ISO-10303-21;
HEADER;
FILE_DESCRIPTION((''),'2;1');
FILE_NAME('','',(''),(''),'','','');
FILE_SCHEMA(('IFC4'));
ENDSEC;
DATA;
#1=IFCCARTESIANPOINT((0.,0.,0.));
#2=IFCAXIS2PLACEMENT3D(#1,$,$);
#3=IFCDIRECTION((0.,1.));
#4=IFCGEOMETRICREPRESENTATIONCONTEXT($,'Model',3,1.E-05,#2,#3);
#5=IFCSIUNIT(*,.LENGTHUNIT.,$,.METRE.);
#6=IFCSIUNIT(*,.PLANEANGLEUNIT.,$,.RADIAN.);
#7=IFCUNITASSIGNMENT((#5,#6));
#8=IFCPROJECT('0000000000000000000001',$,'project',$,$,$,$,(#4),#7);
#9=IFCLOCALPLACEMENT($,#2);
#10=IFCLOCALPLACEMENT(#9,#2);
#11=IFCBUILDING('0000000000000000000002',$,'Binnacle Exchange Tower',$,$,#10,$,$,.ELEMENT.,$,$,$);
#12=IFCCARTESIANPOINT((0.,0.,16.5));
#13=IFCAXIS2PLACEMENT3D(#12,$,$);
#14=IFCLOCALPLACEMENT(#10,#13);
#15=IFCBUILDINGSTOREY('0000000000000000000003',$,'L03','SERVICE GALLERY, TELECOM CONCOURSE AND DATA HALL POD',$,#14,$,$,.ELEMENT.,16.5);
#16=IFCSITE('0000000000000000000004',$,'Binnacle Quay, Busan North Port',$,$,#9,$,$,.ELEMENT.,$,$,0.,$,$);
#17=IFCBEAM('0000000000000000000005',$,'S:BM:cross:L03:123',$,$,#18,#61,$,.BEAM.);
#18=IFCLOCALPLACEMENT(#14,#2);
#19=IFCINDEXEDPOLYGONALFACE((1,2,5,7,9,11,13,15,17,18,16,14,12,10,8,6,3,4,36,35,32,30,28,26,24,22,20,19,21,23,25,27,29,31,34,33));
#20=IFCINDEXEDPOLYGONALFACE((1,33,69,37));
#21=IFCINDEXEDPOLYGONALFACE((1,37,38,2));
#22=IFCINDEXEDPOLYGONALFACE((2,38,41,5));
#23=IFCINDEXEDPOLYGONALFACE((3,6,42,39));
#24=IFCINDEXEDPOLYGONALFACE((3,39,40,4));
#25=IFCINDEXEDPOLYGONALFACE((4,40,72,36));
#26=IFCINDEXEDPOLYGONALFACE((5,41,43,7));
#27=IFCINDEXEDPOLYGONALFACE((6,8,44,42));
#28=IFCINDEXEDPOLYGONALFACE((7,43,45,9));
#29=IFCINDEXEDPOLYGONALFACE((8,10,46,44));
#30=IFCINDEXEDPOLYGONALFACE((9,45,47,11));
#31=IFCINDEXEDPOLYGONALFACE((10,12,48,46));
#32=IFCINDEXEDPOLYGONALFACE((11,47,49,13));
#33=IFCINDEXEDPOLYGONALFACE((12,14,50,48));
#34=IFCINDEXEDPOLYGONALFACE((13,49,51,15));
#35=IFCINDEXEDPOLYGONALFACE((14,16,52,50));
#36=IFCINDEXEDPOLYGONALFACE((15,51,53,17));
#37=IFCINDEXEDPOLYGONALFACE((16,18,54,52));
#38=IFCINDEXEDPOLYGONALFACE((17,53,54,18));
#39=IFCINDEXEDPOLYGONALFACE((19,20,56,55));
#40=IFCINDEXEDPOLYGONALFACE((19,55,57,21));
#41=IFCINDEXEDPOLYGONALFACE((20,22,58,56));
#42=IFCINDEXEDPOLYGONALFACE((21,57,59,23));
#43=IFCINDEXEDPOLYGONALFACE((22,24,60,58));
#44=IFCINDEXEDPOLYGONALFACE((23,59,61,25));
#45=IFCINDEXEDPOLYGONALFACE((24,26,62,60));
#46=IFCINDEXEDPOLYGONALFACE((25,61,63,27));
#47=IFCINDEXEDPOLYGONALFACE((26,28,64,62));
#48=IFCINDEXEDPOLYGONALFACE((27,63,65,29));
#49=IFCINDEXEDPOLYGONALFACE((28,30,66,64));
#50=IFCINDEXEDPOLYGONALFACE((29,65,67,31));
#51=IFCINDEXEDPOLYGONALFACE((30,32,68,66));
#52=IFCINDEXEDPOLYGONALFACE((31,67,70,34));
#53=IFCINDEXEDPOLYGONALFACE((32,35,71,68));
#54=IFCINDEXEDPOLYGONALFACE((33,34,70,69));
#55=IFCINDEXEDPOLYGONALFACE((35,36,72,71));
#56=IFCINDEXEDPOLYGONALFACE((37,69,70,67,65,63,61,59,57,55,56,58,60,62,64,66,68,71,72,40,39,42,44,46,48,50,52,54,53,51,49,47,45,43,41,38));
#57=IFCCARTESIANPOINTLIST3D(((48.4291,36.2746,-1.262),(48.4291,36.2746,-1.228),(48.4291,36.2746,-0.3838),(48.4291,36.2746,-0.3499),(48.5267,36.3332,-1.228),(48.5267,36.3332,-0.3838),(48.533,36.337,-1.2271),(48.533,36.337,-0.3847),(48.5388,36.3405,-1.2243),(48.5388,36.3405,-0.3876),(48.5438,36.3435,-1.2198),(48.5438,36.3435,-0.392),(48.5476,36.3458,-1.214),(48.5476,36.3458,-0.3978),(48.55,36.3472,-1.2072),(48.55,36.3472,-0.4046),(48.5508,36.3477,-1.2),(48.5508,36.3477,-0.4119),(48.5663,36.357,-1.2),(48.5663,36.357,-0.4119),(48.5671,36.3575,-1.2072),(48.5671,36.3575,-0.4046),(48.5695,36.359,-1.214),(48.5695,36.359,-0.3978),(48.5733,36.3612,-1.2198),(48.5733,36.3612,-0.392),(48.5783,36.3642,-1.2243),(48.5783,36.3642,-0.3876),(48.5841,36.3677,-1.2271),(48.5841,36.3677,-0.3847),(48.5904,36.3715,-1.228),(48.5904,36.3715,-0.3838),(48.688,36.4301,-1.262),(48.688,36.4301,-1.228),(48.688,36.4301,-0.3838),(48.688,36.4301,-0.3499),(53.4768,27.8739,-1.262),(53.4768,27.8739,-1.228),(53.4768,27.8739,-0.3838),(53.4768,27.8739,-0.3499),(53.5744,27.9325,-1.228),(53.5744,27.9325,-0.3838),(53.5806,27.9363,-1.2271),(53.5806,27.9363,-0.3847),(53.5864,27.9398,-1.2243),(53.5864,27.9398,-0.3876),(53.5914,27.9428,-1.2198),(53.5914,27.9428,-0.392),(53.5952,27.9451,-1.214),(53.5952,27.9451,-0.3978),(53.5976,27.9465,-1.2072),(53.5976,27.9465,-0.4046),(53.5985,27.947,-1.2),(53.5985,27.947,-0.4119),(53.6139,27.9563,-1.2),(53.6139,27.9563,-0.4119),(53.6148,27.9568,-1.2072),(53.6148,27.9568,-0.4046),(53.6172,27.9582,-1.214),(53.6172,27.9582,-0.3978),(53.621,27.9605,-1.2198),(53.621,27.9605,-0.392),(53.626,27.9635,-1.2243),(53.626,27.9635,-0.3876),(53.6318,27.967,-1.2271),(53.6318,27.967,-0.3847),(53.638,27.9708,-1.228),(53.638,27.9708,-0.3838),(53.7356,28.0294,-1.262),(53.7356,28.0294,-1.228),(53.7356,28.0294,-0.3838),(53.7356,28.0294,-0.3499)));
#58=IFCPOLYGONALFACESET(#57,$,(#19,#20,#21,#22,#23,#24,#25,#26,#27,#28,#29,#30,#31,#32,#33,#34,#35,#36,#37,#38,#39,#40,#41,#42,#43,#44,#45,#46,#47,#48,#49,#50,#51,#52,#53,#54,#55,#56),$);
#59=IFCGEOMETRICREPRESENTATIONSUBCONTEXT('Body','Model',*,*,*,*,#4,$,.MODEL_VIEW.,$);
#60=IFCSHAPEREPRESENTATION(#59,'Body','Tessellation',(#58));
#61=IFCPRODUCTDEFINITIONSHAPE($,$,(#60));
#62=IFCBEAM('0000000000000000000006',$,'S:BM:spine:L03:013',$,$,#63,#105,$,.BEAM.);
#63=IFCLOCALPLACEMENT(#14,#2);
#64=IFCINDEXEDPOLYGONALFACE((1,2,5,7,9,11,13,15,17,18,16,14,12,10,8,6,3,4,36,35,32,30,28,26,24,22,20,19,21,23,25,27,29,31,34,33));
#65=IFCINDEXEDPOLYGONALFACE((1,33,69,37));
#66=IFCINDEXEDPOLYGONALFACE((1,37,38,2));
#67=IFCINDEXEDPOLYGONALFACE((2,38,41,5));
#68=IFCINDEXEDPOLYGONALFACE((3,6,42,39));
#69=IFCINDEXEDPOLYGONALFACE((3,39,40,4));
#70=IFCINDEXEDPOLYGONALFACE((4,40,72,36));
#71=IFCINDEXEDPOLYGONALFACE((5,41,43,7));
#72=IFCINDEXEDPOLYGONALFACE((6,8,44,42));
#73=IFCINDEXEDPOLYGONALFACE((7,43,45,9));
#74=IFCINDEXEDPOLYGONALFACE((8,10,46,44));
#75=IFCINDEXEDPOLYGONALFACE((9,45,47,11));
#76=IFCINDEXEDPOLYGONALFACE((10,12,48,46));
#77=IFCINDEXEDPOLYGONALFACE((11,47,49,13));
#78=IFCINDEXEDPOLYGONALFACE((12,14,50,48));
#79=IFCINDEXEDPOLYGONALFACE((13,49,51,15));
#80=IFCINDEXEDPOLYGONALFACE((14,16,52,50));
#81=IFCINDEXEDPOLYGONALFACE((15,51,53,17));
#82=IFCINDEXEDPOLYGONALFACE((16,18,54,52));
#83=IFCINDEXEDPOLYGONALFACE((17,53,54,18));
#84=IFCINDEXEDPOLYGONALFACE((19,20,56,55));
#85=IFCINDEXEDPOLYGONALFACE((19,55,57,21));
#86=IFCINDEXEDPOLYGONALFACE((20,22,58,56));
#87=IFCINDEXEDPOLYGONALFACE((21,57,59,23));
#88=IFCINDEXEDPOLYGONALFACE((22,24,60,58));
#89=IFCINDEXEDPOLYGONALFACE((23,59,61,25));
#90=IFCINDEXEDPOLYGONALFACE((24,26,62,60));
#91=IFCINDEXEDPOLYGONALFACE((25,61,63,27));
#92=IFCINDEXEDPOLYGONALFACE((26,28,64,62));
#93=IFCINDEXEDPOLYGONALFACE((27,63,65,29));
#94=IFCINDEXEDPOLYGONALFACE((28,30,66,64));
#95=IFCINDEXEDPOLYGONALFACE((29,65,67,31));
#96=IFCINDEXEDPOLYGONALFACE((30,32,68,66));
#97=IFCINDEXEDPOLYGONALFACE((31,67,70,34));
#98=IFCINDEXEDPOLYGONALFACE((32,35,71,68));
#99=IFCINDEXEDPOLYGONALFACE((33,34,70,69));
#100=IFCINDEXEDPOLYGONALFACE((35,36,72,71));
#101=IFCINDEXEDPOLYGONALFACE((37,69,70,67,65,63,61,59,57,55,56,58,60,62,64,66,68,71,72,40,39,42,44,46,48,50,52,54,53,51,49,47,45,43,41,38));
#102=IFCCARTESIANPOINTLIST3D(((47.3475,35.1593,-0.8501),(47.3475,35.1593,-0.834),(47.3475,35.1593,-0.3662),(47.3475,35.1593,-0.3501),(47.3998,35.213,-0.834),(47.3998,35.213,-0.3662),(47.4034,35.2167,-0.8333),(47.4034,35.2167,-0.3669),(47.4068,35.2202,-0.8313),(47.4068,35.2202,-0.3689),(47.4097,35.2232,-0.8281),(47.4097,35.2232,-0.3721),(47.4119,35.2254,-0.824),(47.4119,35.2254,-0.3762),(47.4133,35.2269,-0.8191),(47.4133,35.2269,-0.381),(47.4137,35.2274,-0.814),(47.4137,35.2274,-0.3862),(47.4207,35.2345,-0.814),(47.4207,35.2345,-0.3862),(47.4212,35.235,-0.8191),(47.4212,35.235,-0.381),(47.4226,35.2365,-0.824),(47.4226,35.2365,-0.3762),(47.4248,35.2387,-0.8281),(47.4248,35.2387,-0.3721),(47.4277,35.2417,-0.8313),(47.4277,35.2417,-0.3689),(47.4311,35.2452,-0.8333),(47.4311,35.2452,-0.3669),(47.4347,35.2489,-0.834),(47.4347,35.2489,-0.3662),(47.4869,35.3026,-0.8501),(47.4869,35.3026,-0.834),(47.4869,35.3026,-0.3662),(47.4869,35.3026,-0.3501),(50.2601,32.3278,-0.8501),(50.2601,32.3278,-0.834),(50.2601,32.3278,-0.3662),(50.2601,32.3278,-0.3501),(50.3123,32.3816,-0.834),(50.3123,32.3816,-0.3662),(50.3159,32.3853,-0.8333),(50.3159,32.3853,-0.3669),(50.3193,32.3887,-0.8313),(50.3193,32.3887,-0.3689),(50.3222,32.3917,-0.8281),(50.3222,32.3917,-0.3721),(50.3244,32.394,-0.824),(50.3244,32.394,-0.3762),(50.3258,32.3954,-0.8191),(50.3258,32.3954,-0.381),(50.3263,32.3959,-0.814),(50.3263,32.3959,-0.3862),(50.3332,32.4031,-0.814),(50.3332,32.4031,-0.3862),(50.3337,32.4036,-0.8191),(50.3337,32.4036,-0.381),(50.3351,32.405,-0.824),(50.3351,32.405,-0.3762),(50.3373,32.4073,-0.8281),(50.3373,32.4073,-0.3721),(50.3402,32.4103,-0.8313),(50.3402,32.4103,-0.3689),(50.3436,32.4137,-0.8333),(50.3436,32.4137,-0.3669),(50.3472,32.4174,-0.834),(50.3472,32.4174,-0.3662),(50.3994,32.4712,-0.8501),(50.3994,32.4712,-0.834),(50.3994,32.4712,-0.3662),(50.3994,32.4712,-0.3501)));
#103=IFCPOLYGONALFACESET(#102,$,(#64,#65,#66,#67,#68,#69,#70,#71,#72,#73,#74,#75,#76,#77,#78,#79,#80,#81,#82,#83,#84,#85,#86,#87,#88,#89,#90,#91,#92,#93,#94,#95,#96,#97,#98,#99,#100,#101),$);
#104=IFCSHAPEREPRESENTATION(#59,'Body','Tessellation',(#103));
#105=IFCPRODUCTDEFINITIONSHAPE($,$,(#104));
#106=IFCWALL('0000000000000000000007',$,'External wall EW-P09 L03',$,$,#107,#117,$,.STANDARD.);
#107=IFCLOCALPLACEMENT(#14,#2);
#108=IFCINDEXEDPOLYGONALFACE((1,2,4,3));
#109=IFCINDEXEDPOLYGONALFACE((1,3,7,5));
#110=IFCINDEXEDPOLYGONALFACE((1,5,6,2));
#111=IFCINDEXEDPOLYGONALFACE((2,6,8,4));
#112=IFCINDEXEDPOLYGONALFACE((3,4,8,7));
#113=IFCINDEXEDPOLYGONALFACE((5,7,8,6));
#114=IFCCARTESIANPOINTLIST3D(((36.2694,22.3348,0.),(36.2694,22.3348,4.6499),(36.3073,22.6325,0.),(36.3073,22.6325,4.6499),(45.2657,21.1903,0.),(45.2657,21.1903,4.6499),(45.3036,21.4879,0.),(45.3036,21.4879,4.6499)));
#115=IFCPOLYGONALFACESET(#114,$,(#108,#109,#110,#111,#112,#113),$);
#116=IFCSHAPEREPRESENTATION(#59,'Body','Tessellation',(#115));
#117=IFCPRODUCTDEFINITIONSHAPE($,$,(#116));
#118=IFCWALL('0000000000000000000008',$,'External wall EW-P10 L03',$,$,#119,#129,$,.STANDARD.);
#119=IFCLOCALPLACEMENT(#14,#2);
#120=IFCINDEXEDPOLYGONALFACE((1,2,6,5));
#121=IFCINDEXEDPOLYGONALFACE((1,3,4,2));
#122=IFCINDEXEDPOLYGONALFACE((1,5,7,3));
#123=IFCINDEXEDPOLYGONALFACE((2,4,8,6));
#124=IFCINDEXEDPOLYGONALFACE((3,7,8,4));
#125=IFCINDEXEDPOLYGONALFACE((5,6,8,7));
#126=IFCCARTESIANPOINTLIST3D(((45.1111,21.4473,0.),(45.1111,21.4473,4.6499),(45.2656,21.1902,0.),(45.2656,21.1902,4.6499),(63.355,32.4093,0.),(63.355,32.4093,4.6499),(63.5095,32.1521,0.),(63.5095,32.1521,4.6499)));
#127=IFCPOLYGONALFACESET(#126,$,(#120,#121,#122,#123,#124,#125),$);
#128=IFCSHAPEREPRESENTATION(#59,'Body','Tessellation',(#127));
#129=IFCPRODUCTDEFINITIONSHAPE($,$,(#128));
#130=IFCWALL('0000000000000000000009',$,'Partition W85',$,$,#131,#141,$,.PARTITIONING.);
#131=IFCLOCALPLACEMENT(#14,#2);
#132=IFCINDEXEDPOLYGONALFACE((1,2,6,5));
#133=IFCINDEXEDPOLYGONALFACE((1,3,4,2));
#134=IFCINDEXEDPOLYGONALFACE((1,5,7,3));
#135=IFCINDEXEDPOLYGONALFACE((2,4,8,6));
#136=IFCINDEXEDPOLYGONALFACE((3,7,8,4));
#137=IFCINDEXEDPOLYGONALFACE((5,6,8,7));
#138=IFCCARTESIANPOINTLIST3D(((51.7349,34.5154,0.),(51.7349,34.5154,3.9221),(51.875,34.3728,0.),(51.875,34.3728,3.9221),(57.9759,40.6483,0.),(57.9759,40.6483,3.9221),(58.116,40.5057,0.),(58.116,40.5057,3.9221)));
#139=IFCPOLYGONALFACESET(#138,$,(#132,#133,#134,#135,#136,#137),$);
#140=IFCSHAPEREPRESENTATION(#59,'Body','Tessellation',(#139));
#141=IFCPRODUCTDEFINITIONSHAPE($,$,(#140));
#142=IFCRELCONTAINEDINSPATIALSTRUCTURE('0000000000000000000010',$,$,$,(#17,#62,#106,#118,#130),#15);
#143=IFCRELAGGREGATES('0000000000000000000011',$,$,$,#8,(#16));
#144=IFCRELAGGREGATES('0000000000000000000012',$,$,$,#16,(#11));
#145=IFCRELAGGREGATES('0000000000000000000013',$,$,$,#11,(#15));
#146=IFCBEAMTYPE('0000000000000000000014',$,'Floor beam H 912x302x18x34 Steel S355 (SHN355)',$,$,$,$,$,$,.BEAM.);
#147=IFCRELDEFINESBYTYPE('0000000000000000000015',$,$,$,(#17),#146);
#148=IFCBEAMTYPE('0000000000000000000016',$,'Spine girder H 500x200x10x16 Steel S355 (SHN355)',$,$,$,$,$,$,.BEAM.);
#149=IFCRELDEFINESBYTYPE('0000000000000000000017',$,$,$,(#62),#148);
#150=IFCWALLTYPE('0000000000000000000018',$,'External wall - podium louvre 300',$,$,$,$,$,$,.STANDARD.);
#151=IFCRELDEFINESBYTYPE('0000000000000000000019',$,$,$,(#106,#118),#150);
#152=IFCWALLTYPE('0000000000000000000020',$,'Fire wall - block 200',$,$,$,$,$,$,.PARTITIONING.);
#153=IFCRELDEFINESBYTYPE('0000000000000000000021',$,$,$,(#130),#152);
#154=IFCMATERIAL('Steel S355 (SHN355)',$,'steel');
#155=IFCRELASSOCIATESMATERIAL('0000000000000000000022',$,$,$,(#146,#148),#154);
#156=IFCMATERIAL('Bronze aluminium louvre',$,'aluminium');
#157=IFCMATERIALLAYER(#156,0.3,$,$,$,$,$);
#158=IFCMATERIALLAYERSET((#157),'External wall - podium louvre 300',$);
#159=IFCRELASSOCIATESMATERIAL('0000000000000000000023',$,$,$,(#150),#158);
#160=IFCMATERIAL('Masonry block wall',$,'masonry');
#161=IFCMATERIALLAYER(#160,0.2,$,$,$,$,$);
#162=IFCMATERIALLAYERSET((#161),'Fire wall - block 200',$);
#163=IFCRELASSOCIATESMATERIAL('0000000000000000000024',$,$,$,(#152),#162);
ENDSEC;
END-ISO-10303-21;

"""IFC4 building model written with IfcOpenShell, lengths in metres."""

from ifc_helpers import new_model, si_unit, direction, frame, frame_2d, origin, origin_2d, place, context, subcontext, project, spatial, rectangle, i_section, extrude, material, layer, layer_set, material_profile, profile_set, type_object, element, save


model = new_model("IFC4")

# Units and contexts
model_context = context("Model", 3, precision=1e-05, world=origin(), true_north=direction((0.0, 1.0)))
body_context = subcontext(model_context, "Body", "Model", "MODEL_VIEW")
ifc_project = project(units=[si_unit("LENGTHUNIT", "METRE"), si_unit("PLANEANGLEUNIT", "RADIAN")], contexts=[model_context])

# Site, building, storey
site_placement = place(None, origin())
site = spatial("IfcSite", under=ifc_project, at=site_placement, Name="Binnacle Quay, Busan North Port", CompositionType="ELEMENT", RefElevation=0.0)
building_placement = place(site_placement, origin())
building = spatial("IfcBuilding", under=site, at=building_placement, Name="Binnacle Exchange Tower", CompositionType="ELEMENT")
storey_placement = place(building_placement, frame((0.0, 0.0, 16.5)))
storey = spatial("IfcBuildingStorey", under=building, at=storey_placement, Name="L03", Description="SERVICE GALLERY, TELECOM CONCOURSE AND DATA HALL POD", CompositionType="ELEMENT", Elevation=16.5)

# Beams
ifc_material_1 = material(Name="Steel S355 (SHN355)", Category="steel")
ifc_material_profile_1 = material_profile(ifc_material_1, i_section(OverallWidth=0.302, OverallDepth=0.9121, WebThickness=0.0181, FlangeThickness=0.0339, FilletRadius=0.0281, at=origin_2d()), Name="H 912x302x18x34")
ifc_profile_set_1 = profile_set([ifc_material_profile_1], Name="Steel S355 (SHN355)")
beam_type_1 = type_object("IfcBeamType", Name="Floor beam H 912x302x18x34 Steel S355 (SHN355)", PredefinedType="BEAM", material=ifc_profile_set_1)
beam_1_placement = place(storey_placement, frame((53.6062, 27.9517, -0.8059), z_axis=(-0.515038, 0.857167, 0.0), x_axis=(-0.857167, -0.515038, 0.0)))
element("IfcBeam", 1, at=beam_1_placement, inside=storey, type_object=beam_type_1, Name="S:BM:cross:L03:123", PredefinedType="BEAM", context=body_context, shape_type="SweptSolid", body=[
    extrude(i_section(OverallWidth=0.302, OverallDepth=0.9121, WebThickness=0.0181, FlangeThickness=0.0339, FilletRadius=0.0281, at=origin_2d()), origin(), (0.0, 0.0, 1.0), 9.8005),
])
ifc_material_profile_2 = material_profile(ifc_material_1, i_section(OverallWidth=0.2, OverallDepth=0.5, WebThickness=0.01, FlangeThickness=0.0161, FilletRadius=0.02, at=origin_2d()), Name="H 500x200x10x16")
ifc_profile_set_2 = profile_set([ifc_material_profile_2], Name="Steel S355 (SHN355)")
beam_type_2 = type_object("IfcBeamType", Name="Spine girder H 500x200x10x16 Steel S355 (SHN355)", PredefinedType="BEAM", material=ifc_profile_set_2)
beam_2_placement = place(storey_placement, frame((47.4172, 35.231, -0.6001), z_axis=(0.717013, -0.69706, 0.0), x_axis=(0.69706, 0.717013, 0.0)))
element("IfcBeam", 2, at=beam_2_placement, inside=storey, type_object=beam_type_2, Name="S:BM:spine:L03:013", PredefinedType="BEAM", context=body_context, shape_type="SweptSolid", body=[
    extrude(i_section(OverallWidth=0.2, OverallDepth=0.5, WebThickness=0.01, FlangeThickness=0.0161, FilletRadius=0.02, at=origin_2d()), origin(), (0.0, 0.0, 1.0), 4.062),
])

# Walls
ifc_material_2 = material(Name="Bronze aluminium louvre", Category="aluminium")
ifc_layer_1 = layer(ifc_material_2, 0.3)
ifc_layer_set_1 = layer_set([ifc_layer_1], Name="External wall - podium louvre 300")
wall_type_1 = type_object("IfcWallType", Name="External wall - podium louvre 300", PredefinedType="STANDARD", material=ifc_layer_set_1)
wall_1_placement = place(storey_placement, frame((45.2847, 21.3391, 0.0), z_axis=(0.0, 0.0, 1.0), x_axis=(-0.992004, 0.126205, 0.0)))
element("IfcWall", 3, at=wall_1_placement, inside=storey, type_object=wall_type_1, Name="External wall EW-P09 L03", PredefinedType="STANDARD", context=body_context, shape_type="SweptSolid", body=[
    extrude(rectangle(XDim=9.0688, YDim=0.3, at=frame_2d((4.5344, 0.0))), origin(), (0.0, 0.0, 1.0), 4.6499),
])
wall_2_placement = place(storey_placement, frame((63.4324, 32.2808, 0.0), z_axis=(0.0, 0.0, 1.0), x_axis=(-0.85717, -0.515034, 0.0)))
element("IfcWall", 4, at=wall_2_placement, inside=storey, type_object=wall_type_1, Name="External wall EW-P10 L03", PredefinedType="STANDARD", context=body_context, shape_type="SweptSolid", body=[
    extrude(rectangle(XDim=21.2839, YDim=0.3, at=frame_2d((10.6421, 0.0))), origin(), (0.0, 0.0, 1.0), 4.6499),
])
ifc_material_3 = material(Name="Masonry block wall", Category="masonry")
ifc_layer_2 = layer(ifc_material_3, 0.2)
ifc_layer_set_2 = layer_set([ifc_layer_2], Name="Fire wall - block 200")
wall_type_2 = type_object("IfcWallType", Name="Fire wall - block 200", PredefinedType="PARTITIONING", material=ifc_layer_set_2)
wall_3_placement = place(storey_placement, frame((51.8049, 34.4441, 0.0), z_axis=(0.0, 0.0, 1.0), x_axis=(0.71326, 0.700899, 0.0)))
element("IfcWall", 5, at=wall_3_placement, inside=storey, type_object=wall_type_2, Name="Partition W85", PredefinedType="PARTITIONING", context=body_context, shape_type="SweptSolid", body=[
    extrude(rectangle(XDim=8.75, YDim=0.2, at=frame_2d((4.375, 0.0))), origin(), (0.0, 0.0, 1.0), 3.9221),
])

save(model, "model.ifc")
